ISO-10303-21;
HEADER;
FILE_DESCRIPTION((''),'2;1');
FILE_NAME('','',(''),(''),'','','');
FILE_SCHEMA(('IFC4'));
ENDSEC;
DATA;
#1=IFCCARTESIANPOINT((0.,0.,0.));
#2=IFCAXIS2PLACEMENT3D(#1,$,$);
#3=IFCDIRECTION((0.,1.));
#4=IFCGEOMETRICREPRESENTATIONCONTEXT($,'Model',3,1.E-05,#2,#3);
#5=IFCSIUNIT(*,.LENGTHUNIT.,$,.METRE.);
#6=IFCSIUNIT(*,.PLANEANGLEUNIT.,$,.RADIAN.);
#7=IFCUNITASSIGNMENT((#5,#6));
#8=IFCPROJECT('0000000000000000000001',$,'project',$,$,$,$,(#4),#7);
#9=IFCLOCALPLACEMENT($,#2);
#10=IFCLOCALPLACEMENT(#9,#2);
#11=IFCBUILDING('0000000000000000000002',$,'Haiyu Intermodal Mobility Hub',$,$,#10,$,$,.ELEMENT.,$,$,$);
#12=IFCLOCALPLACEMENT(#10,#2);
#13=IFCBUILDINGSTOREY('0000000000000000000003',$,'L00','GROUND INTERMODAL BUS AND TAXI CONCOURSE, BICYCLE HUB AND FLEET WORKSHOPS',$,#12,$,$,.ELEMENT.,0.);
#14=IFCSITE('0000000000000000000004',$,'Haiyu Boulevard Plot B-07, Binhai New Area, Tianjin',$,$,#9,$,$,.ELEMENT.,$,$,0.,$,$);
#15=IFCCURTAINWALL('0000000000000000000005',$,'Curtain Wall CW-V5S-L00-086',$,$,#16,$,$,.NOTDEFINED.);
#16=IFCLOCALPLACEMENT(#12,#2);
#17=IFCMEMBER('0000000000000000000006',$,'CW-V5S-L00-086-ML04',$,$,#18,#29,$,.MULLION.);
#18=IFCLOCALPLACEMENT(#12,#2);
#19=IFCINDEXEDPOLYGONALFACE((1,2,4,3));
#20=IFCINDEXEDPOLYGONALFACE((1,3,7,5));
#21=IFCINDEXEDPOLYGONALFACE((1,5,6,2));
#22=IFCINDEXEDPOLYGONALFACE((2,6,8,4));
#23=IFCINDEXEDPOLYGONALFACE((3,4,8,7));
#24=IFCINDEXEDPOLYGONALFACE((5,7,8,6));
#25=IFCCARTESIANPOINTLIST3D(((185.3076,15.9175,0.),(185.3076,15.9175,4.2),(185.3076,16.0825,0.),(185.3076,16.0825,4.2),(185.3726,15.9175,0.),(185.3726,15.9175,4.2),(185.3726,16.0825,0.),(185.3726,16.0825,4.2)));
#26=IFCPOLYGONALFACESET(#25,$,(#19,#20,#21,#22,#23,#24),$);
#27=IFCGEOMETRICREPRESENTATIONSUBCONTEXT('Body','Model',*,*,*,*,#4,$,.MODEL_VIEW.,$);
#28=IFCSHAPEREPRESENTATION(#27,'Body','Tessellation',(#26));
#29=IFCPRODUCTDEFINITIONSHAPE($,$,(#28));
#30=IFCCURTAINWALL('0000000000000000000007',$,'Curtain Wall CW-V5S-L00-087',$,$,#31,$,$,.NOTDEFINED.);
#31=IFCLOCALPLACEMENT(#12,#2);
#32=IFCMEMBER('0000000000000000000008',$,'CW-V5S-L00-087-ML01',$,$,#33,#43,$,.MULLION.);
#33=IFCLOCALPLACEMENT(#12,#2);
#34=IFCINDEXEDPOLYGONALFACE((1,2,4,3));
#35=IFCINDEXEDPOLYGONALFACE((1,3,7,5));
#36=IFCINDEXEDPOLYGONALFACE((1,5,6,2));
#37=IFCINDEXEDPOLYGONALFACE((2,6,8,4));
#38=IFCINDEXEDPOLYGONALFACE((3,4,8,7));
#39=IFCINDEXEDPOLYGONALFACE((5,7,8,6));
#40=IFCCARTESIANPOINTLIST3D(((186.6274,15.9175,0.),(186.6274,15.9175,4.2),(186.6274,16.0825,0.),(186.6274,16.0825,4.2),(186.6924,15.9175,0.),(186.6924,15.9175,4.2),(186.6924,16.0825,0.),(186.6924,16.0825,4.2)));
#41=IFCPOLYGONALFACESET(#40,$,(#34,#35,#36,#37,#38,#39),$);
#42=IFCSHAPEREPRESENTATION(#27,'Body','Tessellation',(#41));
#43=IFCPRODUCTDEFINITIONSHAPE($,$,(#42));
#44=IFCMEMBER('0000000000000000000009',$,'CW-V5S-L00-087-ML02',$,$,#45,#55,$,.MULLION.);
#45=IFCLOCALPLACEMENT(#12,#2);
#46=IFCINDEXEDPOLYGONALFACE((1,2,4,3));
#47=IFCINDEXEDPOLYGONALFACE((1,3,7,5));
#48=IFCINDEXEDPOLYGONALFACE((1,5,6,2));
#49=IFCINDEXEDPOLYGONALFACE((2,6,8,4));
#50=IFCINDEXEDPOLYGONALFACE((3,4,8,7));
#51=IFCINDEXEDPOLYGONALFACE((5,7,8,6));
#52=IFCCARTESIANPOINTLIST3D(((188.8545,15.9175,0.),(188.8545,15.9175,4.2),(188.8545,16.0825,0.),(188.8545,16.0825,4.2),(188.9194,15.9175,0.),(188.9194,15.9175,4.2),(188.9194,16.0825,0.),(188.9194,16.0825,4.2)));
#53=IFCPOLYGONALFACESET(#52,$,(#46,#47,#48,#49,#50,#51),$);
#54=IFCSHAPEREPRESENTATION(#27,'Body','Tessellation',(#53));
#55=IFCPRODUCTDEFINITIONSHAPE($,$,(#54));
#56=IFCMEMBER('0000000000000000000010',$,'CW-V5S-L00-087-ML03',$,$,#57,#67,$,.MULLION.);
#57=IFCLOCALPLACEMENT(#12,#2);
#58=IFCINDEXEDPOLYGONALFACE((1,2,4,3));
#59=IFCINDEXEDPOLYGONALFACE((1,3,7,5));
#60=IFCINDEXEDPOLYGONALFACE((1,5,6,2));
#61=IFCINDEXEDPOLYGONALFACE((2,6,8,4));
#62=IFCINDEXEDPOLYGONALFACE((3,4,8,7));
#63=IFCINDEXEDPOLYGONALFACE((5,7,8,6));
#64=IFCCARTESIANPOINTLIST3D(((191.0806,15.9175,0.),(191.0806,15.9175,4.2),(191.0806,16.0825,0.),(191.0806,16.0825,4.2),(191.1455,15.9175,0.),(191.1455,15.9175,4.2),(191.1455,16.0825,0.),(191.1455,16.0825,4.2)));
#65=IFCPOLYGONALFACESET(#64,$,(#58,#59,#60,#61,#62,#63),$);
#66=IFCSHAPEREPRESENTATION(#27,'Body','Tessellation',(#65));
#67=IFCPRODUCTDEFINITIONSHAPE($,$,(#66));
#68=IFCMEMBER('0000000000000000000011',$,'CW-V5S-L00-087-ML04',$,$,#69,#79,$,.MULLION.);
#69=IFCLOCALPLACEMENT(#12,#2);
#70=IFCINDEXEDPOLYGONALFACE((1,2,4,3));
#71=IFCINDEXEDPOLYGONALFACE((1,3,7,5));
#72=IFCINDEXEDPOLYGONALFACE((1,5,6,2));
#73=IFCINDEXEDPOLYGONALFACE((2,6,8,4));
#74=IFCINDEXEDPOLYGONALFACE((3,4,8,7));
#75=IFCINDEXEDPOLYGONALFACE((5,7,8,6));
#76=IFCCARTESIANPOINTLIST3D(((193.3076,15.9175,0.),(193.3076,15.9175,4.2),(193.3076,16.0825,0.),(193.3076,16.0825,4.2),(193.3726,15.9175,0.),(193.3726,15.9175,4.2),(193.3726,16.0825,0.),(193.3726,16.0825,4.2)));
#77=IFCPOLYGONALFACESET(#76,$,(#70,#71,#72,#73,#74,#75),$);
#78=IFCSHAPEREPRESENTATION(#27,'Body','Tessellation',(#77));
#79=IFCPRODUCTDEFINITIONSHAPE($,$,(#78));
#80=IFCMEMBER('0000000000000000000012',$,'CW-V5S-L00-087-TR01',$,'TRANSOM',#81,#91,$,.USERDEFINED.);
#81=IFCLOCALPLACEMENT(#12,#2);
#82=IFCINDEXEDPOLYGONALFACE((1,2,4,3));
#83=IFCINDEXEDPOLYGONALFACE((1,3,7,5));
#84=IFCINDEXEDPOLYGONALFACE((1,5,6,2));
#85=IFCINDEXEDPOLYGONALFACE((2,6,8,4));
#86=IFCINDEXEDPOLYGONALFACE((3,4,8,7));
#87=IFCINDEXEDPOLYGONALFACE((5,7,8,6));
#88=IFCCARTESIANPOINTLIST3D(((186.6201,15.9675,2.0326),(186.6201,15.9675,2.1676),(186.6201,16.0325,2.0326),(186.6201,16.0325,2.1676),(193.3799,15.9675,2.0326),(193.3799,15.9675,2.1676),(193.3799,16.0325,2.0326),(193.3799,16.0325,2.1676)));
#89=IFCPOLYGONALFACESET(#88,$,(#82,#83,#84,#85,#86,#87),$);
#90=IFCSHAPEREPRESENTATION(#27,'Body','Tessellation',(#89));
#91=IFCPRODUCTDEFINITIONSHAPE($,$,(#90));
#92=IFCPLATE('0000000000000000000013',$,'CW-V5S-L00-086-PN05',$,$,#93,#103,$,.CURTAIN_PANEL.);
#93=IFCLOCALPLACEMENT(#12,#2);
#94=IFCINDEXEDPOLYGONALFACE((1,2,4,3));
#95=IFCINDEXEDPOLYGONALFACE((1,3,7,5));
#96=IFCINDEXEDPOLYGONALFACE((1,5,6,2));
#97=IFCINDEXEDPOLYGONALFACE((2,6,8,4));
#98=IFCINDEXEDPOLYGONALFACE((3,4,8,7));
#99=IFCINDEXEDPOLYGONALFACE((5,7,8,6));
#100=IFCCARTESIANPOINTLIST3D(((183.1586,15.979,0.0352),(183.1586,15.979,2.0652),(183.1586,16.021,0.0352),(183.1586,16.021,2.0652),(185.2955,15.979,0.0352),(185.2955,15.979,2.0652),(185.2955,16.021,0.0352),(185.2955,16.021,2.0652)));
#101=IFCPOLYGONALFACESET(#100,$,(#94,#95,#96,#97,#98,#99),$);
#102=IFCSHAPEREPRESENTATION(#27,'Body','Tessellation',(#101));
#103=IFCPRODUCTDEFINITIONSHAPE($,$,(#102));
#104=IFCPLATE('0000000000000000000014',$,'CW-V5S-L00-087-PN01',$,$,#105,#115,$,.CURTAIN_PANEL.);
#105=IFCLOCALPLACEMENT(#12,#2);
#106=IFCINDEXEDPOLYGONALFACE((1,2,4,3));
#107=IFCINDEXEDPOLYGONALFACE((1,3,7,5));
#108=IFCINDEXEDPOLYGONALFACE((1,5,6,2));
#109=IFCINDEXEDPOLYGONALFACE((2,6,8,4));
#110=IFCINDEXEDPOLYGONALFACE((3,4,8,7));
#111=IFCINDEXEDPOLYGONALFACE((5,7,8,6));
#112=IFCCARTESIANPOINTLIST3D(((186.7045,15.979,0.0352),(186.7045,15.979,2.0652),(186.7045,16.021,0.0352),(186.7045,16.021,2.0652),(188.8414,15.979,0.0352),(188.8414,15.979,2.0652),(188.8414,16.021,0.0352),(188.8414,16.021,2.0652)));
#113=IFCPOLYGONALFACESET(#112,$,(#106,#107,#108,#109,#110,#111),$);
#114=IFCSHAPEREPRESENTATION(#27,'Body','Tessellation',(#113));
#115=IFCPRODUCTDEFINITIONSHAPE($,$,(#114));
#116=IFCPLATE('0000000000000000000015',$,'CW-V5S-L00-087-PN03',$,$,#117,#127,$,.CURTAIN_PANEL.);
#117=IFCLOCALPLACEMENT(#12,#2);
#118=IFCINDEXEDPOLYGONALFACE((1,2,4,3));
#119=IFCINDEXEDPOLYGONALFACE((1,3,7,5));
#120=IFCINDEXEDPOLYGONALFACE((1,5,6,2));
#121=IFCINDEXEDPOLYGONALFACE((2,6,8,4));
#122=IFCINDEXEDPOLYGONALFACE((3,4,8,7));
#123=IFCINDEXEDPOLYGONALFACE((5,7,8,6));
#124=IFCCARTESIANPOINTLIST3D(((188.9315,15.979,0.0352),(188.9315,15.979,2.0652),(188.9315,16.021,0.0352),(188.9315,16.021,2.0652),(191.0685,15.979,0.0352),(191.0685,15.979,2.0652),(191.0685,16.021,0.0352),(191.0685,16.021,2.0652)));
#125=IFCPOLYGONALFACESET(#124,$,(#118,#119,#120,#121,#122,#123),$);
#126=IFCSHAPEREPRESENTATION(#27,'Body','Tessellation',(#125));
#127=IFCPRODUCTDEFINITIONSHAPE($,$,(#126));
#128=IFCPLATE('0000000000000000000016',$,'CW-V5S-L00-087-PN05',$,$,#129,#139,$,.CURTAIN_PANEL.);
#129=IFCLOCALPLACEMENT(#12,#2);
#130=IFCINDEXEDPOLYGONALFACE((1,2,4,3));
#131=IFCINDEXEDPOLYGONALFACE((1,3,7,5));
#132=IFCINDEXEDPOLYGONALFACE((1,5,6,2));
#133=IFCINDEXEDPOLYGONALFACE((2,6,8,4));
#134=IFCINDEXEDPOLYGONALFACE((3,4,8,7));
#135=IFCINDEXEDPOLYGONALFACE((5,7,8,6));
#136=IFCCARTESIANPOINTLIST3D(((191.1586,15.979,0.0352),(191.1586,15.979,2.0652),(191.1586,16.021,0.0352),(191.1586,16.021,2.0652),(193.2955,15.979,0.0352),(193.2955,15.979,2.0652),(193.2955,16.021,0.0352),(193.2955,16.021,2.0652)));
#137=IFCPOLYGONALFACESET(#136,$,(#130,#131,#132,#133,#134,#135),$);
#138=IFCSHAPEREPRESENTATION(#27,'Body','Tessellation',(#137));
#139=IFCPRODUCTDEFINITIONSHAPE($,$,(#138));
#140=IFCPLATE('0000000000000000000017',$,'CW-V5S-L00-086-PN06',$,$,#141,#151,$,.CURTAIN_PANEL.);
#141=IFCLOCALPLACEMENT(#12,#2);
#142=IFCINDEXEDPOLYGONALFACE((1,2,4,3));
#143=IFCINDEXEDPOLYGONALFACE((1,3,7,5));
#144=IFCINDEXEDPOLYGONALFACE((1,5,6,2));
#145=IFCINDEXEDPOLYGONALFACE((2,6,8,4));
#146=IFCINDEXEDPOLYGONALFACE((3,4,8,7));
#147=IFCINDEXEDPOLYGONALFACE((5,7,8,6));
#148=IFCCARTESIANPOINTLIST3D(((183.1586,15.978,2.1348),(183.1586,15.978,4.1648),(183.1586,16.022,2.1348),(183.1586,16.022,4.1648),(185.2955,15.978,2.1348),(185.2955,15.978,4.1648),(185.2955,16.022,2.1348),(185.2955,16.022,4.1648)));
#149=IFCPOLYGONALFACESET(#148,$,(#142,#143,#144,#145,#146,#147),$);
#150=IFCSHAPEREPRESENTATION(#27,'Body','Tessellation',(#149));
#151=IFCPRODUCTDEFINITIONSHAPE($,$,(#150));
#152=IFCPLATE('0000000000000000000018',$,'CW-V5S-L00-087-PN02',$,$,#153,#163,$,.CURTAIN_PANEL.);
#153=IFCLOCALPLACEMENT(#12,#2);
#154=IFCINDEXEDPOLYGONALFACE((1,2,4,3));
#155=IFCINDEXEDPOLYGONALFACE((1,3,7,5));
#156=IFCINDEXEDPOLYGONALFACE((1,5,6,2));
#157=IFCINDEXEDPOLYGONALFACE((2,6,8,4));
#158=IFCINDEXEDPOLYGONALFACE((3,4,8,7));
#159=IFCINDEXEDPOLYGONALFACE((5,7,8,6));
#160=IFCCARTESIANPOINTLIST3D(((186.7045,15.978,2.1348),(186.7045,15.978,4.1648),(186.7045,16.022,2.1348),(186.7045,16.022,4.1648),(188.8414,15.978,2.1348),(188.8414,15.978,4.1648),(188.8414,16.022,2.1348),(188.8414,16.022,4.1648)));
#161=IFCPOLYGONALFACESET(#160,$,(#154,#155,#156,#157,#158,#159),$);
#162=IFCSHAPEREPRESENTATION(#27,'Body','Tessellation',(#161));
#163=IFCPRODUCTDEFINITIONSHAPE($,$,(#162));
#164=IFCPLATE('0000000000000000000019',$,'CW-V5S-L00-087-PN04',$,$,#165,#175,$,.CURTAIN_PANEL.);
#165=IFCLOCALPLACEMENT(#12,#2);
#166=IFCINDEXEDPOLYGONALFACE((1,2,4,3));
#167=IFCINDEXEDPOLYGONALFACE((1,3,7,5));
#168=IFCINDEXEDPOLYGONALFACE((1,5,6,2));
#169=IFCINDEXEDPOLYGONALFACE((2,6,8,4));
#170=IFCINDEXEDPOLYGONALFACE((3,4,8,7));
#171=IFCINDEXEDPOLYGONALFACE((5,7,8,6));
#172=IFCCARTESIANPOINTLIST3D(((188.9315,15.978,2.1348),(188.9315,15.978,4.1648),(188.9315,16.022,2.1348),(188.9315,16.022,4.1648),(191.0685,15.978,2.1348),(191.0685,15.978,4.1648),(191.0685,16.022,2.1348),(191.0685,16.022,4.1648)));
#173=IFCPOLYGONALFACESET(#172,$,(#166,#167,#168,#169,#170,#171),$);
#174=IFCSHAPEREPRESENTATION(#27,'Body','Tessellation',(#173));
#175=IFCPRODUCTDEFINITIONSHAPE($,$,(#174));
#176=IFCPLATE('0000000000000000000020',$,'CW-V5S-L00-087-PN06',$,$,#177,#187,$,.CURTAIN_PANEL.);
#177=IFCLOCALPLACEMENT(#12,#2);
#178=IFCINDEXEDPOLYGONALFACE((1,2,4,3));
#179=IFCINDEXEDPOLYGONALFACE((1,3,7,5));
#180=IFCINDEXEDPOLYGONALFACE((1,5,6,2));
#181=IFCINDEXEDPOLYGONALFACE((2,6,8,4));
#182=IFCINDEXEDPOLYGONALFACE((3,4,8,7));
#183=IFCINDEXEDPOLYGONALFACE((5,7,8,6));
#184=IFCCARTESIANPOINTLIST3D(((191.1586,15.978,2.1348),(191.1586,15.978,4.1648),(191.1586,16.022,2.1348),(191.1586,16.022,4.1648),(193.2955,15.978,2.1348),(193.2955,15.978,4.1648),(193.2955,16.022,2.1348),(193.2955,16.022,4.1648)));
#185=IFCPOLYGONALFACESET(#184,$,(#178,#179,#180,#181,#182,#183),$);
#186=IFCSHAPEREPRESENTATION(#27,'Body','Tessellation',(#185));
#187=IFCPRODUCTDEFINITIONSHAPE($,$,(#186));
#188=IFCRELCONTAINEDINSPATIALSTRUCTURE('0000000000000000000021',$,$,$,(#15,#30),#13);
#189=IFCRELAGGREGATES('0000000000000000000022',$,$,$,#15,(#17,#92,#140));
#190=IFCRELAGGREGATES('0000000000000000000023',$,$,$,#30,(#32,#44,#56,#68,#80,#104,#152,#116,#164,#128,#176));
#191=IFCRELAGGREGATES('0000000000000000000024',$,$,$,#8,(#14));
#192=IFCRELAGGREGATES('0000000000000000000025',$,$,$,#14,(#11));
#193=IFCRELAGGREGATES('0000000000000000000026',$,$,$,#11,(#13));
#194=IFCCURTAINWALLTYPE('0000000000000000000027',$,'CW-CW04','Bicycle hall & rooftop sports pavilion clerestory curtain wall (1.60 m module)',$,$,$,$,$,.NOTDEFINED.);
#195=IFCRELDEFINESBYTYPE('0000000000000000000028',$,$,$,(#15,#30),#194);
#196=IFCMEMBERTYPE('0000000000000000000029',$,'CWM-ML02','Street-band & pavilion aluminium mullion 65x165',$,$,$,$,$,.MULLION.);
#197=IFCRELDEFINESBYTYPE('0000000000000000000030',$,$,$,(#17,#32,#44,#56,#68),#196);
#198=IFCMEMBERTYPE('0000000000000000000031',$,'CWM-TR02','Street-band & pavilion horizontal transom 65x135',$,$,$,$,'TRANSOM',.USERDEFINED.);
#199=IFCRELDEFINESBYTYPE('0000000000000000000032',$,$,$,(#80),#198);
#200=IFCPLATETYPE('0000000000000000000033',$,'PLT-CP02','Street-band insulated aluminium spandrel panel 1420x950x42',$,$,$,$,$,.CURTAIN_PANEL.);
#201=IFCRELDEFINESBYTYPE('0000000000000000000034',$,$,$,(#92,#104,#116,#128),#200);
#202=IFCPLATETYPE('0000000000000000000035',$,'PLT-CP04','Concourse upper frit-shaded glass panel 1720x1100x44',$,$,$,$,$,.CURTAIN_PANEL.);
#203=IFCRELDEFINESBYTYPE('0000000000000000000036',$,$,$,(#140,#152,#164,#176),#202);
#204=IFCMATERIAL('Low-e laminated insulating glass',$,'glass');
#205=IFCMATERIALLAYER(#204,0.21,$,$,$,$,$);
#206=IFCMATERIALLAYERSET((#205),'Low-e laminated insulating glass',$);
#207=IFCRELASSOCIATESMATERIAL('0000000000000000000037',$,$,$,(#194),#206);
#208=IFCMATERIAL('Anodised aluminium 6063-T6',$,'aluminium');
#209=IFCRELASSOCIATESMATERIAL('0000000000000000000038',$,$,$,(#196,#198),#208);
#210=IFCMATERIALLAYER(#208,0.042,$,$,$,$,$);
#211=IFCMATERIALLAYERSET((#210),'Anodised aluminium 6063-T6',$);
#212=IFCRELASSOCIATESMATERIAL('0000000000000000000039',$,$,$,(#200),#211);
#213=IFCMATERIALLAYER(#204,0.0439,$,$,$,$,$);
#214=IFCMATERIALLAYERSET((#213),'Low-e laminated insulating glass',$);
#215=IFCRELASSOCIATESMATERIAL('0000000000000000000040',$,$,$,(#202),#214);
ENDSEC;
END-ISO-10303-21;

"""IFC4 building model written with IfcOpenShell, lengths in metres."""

from ifc_helpers import new_model, si_unit, direction, frame, origin, origin_2d, place, context, subcontext, project, spatial, rectangle, extrude, material, layer, layer_set, material_profile, profile_set, type_object, element, aggregate, save


model = new_model("IFC4")

# Units and contexts
model_context = context("Model", 3, precision=1e-05, world=origin(), true_north=direction((0.0, 1.0)))
body_context = subcontext(model_context, "Body", "Model", "MODEL_VIEW")
ifc_project = project(units=[si_unit("LENGTHUNIT", "METRE"), si_unit("PLANEANGLEUNIT", "RADIAN")], contexts=[model_context])

# Site, building, storey
site_placement = place(None, origin())
site = spatial("IfcSite", under=ifc_project, at=site_placement, Name="Haiyu Boulevard Plot B-07, Binhai New Area, Tianjin", CompositionType="ELEMENT", RefElevation=0.0)
building_placement = place(site_placement, origin())
building = spatial("IfcBuilding", under=site, at=building_placement, Name="Haiyu Intermodal Mobility Hub", CompositionType="ELEMENT")
storey_placement = place(building_placement, origin())
storey = spatial("IfcBuildingStorey", under=building, at=storey_placement, Name="L00", Description="GROUND INTERMODAL BUS AND TAXI CONCOURSE, BICYCLE HUB AND FLEET WORKSHOPS", CompositionType="ELEMENT", Elevation=0.0)

# Curtain walls, members
ifc_material_1 = material(Name="Low-e laminated insulating glass", Category="glass")
ifc_layer_1 = layer(ifc_material_1, 0.21)
ifc_layer_set_1 = layer_set([ifc_layer_1], Name="Low-e laminated insulating glass")
curtain_wall_type = type_object("IfcCurtainWallType", Name="CW-CW04", Description="Bicycle hall & rooftop sports pavilion clerestory curtain wall (1.60 m module)", PredefinedType="NOTDEFINED", material=ifc_layer_set_1)
curtain_wall_1_placement = place(storey_placement, origin())
curtain_wall_1 = element("IfcCurtainWall", 1, at=curtain_wall_1_placement, inside=storey, type_object=curtain_wall_type, Name="Curtain Wall CW-V5S-L00-086", PredefinedType="NOTDEFINED")
ifc_material_2 = material(Name="Anodised aluminium 6063-T6", Category="aluminium")
ifc_material_profile_1 = material_profile(ifc_material_2, rectangle(XDim=0.0649, YDim=0.165, at=origin_2d()), Name="ALU65x165")
ifc_profile_set_1 = profile_set([ifc_material_profile_1], Name="Anodised aluminium 6063-T6")
member_type_1 = type_object("IfcMemberType", Name="CWM-ML02", Description="Street-band & pavilion aluminium mullion 65x165", PredefinedType="MULLION", material=ifc_profile_set_1)
member_1_placement = place(storey_placement, frame((185.3401, 16.0, 0.0), z_axis=(0.0, 0.0, 1.0), x_axis=(1.0, 0.0, 0.0)))
member_1 = element("IfcMember", 2, at=member_1_placement, type_object=member_type_1, Name="CW-V5S-L00-086-ML04", PredefinedType="MULLION", context=body_context, shape_type="SweptSolid", body=[
    extrude(rectangle(XDim=0.0649, YDim=0.165, at=origin_2d()), origin(), (0.0, 0.0, 1.0), 4.2),
])
curtain_wall_2_placement = place(storey_placement, origin())
curtain_wall_2 = element("IfcCurtainWall", 3, at=curtain_wall_2_placement, inside=storey, type_object=curtain_wall_type, Name="Curtain Wall CW-V5S-L00-087", PredefinedType="NOTDEFINED")
member_2_placement = place(storey_placement, frame((186.6599, 16.0, 0.0), z_axis=(0.0, 0.0, 1.0), x_axis=(1.0, 0.0, 0.0)))
member_2 = element("IfcMember", 4, at=member_2_placement, type_object=member_type_1, Name="CW-V5S-L00-087-ML01", PredefinedType="MULLION", context=body_context, shape_type="SweptSolid", body=[
    extrude(rectangle(XDim=0.0649, YDim=0.165, at=origin_2d()), origin(), (0.0, 0.0, 1.0), 4.2),
])
member_3_placement = place(storey_placement, frame((188.887, 16.0, 0.0), z_axis=(0.0, 0.0, 1.0), x_axis=(1.0, 0.0, 0.0)))
member_3 = element("IfcMember", 5, at=member_3_placement, type_object=member_type_1, Name="CW-V5S-L00-087-ML02", PredefinedType="MULLION", context=body_context, shape_type="SweptSolid", body=[
    extrude(rectangle(XDim=0.0649, YDim=0.165, at=origin_2d()), origin(), (0.0, 0.0, 1.0), 4.2),
])
member_4_placement = place(storey_placement, frame((191.113, 16.0, 0.0), z_axis=(0.0, 0.0, 1.0), x_axis=(1.0, 0.0, 0.0)))
member_4 = element("IfcMember", 6, at=member_4_placement, type_object=member_type_1, Name="CW-V5S-L00-087-ML03", PredefinedType="MULLION", context=body_context, shape_type="SweptSolid", body=[
    extrude(rectangle(XDim=0.0649, YDim=0.165, at=origin_2d()), origin(), (0.0, 0.0, 1.0), 4.2),
])
member_5_placement = place(storey_placement, frame((193.3401, 16.0, 0.0), z_axis=(0.0, 0.0, 1.0), x_axis=(1.0, 0.0, 0.0)))
member_5 = element("IfcMember", 7, at=member_5_placement, type_object=member_type_1, Name="CW-V5S-L00-087-ML04", PredefinedType="MULLION", context=body_context, shape_type="SweptSolid", body=[
    extrude(rectangle(XDim=0.0649, YDim=0.165, at=origin_2d()), origin(), (0.0, 0.0, 1.0), 4.2),
])
ifc_material_profile_2 = material_profile(ifc_material_2, rectangle(XDim=0.0649, YDim=0.135, at=origin_2d()), Name="ALU65x135")
ifc_profile_set_2 = profile_set([ifc_material_profile_2], Name="Anodised aluminium 6063-T6")
member_type_2 = type_object("IfcMemberType", Name="CWM-TR02", Description="Street-band & pavilion horizontal transom 65x135", ElementType="TRANSOM", PredefinedType="USERDEFINED", material=ifc_profile_set_2)
member_6_placement = place(storey_placement, frame((186.6201, 16.0, 2.1001), z_axis=(1.0, 0.0, 0.0), x_axis=(0.0, 1.0, 0.0)))
member_6 = element("IfcMember", 8, at=member_6_placement, type_object=member_type_2, Name="CW-V5S-L00-087-TR01", ObjectType="TRANSOM", PredefinedType="USERDEFINED", context=body_context, shape_type="SweptSolid", body=[
    extrude(rectangle(XDim=0.0649, YDim=0.135, at=origin_2d()), origin(), (0.0, 0.0, 1.0), 6.7598),
])

# Plates
ifc_layer_2 = layer(ifc_material_2, 0.042)
ifc_layer_set_2 = layer_set([ifc_layer_2], Name="Anodised aluminium 6063-T6")
plate_type_1 = type_object("IfcPlateType", Name="PLT-CP02", Description="Street-band insulated aluminium spandrel panel 1420x950x42", PredefinedType="CURTAIN_PANEL", material=ifc_layer_set_2)
plate_1_placement = place(storey_placement, frame((184.2271, 16.0, 0.0352), z_axis=(0.0, 0.0, 1.0), x_axis=(1.0, 0.0, 0.0)))
plate_1 = element("IfcPlate", 9, at=plate_1_placement, type_object=plate_type_1, Name="CW-V5S-L00-086-PN05", PredefinedType="CURTAIN_PANEL", context=body_context, shape_type="SweptSolid", body=[
    extrude(rectangle(XDim=2.137, YDim=0.042, at=origin_2d()), origin(), (0.0, 0.0, 1.0), 2.03),
])
plate_2_placement = place(storey_placement, frame((187.7729, 16.0, 0.0352), z_axis=(0.0, 0.0, 1.0), x_axis=(1.0, 0.0, 0.0)))
plate_2 = element("IfcPlate", 10, at=plate_2_placement, type_object=plate_type_1, Name="CW-V5S-L00-087-PN01", PredefinedType="CURTAIN_PANEL", context=body_context, shape_type="SweptSolid", body=[
    extrude(rectangle(XDim=2.137, YDim=0.042, at=origin_2d()), origin(), (0.0, 0.0, 1.0), 2.03),
])
plate_3_placement = place(storey_placement, frame((190.0, 16.0, 0.0352), z_axis=(0.0, 0.0, 1.0), x_axis=(1.0, 0.0, 0.0)))
plate_3 = element("IfcPlate", 11, at=plate_3_placement, type_object=plate_type_1, Name="CW-V5S-L00-087-PN03", PredefinedType="CURTAIN_PANEL", context=body_context, shape_type="SweptSolid", body=[
    extrude(rectangle(XDim=2.137, YDim=0.042, at=origin_2d()), origin(), (0.0, 0.0, 1.0), 2.03),
])
plate_4_placement = place(storey_placement, frame((192.2271, 16.0, 0.0352), z_axis=(0.0, 0.0, 1.0), x_axis=(1.0, 0.0, 0.0)))
plate_4 = element("IfcPlate", 12, at=plate_4_placement, type_object=plate_type_1, Name="CW-V5S-L00-087-PN05", PredefinedType="CURTAIN_PANEL", context=body_context, shape_type="SweptSolid", body=[
    extrude(rectangle(XDim=2.137, YDim=0.042, at=origin_2d()), origin(), (0.0, 0.0, 1.0), 2.03),
])
ifc_layer_3 = layer(ifc_material_1, 0.0439)
ifc_layer_set_3 = layer_set([ifc_layer_3], Name="Low-e laminated insulating glass")
plate_type_2 = type_object("IfcPlateType", Name="PLT-CP04", Description="Concourse upper frit-shaded glass panel 1720x1100x44", PredefinedType="CURTAIN_PANEL", material=ifc_layer_set_3)
plate_5_placement = place(storey_placement, frame((184.2271, 16.0, 2.1348), z_axis=(0.0, 0.0, 1.0), x_axis=(1.0, 0.0, 0.0)))
plate_5 = element("IfcPlate", 13, at=plate_5_placement, type_object=plate_type_2, Name="CW-V5S-L00-086-PN06", PredefinedType="CURTAIN_PANEL", context=body_context, shape_type="SweptSolid", body=[
    extrude(rectangle(XDim=2.137, YDim=0.0439, at=origin_2d()), origin(), (0.0, 0.0, 1.0), 2.03),
])
aggregate(curtain_wall_1, [member_1, plate_1, plate_5])
plate_6_placement = place(storey_placement, frame((187.7729, 16.0, 2.1348), z_axis=(0.0, 0.0, 1.0), x_axis=(1.0, 0.0, 0.0)))
plate_6 = element("IfcPlate", 14, at=plate_6_placement, type_object=plate_type_2, Name="CW-V5S-L00-087-PN02", PredefinedType="CURTAIN_PANEL", context=body_context, shape_type="SweptSolid", body=[
    extrude(rectangle(XDim=2.137, YDim=0.0439, at=origin_2d()), origin(), (0.0, 0.0, 1.0), 2.03),
])
plate_7_placement = place(storey_placement, frame((190.0, 16.0, 2.1348), z_axis=(0.0, 0.0, 1.0), x_axis=(1.0, 0.0, 0.0)))
plate_7 = element("IfcPlate", 15, at=plate_7_placement, type_object=plate_type_2, Name="CW-V5S-L00-087-PN04", PredefinedType="CURTAIN_PANEL", context=body_context, shape_type="SweptSolid", body=[
    extrude(rectangle(XDim=2.137, YDim=0.0439, at=origin_2d()), origin(), (0.0, 0.0, 1.0), 2.03),
])
plate_8_placement = place(storey_placement, frame((192.2271, 16.0, 2.1348), z_axis=(0.0, 0.0, 1.0), x_axis=(1.0, 0.0, 0.0)))
plate_8 = element("IfcPlate", 16, at=plate_8_placement, type_object=plate_type_2, Name="CW-V5S-L00-087-PN06", PredefinedType="CURTAIN_PANEL", context=body_context, shape_type="SweptSolid", body=[
    extrude(rectangle(XDim=2.137, YDim=0.0439, at=origin_2d()), origin(), (0.0, 0.0, 1.0), 2.03),
])
aggregate(curtain_wall_2, [member_2, member_3, member_4, member_5, member_6, plate_2, plate_6, plate_3, plate_7, plate_4, plate_8])

save(model, "model.ifc")
